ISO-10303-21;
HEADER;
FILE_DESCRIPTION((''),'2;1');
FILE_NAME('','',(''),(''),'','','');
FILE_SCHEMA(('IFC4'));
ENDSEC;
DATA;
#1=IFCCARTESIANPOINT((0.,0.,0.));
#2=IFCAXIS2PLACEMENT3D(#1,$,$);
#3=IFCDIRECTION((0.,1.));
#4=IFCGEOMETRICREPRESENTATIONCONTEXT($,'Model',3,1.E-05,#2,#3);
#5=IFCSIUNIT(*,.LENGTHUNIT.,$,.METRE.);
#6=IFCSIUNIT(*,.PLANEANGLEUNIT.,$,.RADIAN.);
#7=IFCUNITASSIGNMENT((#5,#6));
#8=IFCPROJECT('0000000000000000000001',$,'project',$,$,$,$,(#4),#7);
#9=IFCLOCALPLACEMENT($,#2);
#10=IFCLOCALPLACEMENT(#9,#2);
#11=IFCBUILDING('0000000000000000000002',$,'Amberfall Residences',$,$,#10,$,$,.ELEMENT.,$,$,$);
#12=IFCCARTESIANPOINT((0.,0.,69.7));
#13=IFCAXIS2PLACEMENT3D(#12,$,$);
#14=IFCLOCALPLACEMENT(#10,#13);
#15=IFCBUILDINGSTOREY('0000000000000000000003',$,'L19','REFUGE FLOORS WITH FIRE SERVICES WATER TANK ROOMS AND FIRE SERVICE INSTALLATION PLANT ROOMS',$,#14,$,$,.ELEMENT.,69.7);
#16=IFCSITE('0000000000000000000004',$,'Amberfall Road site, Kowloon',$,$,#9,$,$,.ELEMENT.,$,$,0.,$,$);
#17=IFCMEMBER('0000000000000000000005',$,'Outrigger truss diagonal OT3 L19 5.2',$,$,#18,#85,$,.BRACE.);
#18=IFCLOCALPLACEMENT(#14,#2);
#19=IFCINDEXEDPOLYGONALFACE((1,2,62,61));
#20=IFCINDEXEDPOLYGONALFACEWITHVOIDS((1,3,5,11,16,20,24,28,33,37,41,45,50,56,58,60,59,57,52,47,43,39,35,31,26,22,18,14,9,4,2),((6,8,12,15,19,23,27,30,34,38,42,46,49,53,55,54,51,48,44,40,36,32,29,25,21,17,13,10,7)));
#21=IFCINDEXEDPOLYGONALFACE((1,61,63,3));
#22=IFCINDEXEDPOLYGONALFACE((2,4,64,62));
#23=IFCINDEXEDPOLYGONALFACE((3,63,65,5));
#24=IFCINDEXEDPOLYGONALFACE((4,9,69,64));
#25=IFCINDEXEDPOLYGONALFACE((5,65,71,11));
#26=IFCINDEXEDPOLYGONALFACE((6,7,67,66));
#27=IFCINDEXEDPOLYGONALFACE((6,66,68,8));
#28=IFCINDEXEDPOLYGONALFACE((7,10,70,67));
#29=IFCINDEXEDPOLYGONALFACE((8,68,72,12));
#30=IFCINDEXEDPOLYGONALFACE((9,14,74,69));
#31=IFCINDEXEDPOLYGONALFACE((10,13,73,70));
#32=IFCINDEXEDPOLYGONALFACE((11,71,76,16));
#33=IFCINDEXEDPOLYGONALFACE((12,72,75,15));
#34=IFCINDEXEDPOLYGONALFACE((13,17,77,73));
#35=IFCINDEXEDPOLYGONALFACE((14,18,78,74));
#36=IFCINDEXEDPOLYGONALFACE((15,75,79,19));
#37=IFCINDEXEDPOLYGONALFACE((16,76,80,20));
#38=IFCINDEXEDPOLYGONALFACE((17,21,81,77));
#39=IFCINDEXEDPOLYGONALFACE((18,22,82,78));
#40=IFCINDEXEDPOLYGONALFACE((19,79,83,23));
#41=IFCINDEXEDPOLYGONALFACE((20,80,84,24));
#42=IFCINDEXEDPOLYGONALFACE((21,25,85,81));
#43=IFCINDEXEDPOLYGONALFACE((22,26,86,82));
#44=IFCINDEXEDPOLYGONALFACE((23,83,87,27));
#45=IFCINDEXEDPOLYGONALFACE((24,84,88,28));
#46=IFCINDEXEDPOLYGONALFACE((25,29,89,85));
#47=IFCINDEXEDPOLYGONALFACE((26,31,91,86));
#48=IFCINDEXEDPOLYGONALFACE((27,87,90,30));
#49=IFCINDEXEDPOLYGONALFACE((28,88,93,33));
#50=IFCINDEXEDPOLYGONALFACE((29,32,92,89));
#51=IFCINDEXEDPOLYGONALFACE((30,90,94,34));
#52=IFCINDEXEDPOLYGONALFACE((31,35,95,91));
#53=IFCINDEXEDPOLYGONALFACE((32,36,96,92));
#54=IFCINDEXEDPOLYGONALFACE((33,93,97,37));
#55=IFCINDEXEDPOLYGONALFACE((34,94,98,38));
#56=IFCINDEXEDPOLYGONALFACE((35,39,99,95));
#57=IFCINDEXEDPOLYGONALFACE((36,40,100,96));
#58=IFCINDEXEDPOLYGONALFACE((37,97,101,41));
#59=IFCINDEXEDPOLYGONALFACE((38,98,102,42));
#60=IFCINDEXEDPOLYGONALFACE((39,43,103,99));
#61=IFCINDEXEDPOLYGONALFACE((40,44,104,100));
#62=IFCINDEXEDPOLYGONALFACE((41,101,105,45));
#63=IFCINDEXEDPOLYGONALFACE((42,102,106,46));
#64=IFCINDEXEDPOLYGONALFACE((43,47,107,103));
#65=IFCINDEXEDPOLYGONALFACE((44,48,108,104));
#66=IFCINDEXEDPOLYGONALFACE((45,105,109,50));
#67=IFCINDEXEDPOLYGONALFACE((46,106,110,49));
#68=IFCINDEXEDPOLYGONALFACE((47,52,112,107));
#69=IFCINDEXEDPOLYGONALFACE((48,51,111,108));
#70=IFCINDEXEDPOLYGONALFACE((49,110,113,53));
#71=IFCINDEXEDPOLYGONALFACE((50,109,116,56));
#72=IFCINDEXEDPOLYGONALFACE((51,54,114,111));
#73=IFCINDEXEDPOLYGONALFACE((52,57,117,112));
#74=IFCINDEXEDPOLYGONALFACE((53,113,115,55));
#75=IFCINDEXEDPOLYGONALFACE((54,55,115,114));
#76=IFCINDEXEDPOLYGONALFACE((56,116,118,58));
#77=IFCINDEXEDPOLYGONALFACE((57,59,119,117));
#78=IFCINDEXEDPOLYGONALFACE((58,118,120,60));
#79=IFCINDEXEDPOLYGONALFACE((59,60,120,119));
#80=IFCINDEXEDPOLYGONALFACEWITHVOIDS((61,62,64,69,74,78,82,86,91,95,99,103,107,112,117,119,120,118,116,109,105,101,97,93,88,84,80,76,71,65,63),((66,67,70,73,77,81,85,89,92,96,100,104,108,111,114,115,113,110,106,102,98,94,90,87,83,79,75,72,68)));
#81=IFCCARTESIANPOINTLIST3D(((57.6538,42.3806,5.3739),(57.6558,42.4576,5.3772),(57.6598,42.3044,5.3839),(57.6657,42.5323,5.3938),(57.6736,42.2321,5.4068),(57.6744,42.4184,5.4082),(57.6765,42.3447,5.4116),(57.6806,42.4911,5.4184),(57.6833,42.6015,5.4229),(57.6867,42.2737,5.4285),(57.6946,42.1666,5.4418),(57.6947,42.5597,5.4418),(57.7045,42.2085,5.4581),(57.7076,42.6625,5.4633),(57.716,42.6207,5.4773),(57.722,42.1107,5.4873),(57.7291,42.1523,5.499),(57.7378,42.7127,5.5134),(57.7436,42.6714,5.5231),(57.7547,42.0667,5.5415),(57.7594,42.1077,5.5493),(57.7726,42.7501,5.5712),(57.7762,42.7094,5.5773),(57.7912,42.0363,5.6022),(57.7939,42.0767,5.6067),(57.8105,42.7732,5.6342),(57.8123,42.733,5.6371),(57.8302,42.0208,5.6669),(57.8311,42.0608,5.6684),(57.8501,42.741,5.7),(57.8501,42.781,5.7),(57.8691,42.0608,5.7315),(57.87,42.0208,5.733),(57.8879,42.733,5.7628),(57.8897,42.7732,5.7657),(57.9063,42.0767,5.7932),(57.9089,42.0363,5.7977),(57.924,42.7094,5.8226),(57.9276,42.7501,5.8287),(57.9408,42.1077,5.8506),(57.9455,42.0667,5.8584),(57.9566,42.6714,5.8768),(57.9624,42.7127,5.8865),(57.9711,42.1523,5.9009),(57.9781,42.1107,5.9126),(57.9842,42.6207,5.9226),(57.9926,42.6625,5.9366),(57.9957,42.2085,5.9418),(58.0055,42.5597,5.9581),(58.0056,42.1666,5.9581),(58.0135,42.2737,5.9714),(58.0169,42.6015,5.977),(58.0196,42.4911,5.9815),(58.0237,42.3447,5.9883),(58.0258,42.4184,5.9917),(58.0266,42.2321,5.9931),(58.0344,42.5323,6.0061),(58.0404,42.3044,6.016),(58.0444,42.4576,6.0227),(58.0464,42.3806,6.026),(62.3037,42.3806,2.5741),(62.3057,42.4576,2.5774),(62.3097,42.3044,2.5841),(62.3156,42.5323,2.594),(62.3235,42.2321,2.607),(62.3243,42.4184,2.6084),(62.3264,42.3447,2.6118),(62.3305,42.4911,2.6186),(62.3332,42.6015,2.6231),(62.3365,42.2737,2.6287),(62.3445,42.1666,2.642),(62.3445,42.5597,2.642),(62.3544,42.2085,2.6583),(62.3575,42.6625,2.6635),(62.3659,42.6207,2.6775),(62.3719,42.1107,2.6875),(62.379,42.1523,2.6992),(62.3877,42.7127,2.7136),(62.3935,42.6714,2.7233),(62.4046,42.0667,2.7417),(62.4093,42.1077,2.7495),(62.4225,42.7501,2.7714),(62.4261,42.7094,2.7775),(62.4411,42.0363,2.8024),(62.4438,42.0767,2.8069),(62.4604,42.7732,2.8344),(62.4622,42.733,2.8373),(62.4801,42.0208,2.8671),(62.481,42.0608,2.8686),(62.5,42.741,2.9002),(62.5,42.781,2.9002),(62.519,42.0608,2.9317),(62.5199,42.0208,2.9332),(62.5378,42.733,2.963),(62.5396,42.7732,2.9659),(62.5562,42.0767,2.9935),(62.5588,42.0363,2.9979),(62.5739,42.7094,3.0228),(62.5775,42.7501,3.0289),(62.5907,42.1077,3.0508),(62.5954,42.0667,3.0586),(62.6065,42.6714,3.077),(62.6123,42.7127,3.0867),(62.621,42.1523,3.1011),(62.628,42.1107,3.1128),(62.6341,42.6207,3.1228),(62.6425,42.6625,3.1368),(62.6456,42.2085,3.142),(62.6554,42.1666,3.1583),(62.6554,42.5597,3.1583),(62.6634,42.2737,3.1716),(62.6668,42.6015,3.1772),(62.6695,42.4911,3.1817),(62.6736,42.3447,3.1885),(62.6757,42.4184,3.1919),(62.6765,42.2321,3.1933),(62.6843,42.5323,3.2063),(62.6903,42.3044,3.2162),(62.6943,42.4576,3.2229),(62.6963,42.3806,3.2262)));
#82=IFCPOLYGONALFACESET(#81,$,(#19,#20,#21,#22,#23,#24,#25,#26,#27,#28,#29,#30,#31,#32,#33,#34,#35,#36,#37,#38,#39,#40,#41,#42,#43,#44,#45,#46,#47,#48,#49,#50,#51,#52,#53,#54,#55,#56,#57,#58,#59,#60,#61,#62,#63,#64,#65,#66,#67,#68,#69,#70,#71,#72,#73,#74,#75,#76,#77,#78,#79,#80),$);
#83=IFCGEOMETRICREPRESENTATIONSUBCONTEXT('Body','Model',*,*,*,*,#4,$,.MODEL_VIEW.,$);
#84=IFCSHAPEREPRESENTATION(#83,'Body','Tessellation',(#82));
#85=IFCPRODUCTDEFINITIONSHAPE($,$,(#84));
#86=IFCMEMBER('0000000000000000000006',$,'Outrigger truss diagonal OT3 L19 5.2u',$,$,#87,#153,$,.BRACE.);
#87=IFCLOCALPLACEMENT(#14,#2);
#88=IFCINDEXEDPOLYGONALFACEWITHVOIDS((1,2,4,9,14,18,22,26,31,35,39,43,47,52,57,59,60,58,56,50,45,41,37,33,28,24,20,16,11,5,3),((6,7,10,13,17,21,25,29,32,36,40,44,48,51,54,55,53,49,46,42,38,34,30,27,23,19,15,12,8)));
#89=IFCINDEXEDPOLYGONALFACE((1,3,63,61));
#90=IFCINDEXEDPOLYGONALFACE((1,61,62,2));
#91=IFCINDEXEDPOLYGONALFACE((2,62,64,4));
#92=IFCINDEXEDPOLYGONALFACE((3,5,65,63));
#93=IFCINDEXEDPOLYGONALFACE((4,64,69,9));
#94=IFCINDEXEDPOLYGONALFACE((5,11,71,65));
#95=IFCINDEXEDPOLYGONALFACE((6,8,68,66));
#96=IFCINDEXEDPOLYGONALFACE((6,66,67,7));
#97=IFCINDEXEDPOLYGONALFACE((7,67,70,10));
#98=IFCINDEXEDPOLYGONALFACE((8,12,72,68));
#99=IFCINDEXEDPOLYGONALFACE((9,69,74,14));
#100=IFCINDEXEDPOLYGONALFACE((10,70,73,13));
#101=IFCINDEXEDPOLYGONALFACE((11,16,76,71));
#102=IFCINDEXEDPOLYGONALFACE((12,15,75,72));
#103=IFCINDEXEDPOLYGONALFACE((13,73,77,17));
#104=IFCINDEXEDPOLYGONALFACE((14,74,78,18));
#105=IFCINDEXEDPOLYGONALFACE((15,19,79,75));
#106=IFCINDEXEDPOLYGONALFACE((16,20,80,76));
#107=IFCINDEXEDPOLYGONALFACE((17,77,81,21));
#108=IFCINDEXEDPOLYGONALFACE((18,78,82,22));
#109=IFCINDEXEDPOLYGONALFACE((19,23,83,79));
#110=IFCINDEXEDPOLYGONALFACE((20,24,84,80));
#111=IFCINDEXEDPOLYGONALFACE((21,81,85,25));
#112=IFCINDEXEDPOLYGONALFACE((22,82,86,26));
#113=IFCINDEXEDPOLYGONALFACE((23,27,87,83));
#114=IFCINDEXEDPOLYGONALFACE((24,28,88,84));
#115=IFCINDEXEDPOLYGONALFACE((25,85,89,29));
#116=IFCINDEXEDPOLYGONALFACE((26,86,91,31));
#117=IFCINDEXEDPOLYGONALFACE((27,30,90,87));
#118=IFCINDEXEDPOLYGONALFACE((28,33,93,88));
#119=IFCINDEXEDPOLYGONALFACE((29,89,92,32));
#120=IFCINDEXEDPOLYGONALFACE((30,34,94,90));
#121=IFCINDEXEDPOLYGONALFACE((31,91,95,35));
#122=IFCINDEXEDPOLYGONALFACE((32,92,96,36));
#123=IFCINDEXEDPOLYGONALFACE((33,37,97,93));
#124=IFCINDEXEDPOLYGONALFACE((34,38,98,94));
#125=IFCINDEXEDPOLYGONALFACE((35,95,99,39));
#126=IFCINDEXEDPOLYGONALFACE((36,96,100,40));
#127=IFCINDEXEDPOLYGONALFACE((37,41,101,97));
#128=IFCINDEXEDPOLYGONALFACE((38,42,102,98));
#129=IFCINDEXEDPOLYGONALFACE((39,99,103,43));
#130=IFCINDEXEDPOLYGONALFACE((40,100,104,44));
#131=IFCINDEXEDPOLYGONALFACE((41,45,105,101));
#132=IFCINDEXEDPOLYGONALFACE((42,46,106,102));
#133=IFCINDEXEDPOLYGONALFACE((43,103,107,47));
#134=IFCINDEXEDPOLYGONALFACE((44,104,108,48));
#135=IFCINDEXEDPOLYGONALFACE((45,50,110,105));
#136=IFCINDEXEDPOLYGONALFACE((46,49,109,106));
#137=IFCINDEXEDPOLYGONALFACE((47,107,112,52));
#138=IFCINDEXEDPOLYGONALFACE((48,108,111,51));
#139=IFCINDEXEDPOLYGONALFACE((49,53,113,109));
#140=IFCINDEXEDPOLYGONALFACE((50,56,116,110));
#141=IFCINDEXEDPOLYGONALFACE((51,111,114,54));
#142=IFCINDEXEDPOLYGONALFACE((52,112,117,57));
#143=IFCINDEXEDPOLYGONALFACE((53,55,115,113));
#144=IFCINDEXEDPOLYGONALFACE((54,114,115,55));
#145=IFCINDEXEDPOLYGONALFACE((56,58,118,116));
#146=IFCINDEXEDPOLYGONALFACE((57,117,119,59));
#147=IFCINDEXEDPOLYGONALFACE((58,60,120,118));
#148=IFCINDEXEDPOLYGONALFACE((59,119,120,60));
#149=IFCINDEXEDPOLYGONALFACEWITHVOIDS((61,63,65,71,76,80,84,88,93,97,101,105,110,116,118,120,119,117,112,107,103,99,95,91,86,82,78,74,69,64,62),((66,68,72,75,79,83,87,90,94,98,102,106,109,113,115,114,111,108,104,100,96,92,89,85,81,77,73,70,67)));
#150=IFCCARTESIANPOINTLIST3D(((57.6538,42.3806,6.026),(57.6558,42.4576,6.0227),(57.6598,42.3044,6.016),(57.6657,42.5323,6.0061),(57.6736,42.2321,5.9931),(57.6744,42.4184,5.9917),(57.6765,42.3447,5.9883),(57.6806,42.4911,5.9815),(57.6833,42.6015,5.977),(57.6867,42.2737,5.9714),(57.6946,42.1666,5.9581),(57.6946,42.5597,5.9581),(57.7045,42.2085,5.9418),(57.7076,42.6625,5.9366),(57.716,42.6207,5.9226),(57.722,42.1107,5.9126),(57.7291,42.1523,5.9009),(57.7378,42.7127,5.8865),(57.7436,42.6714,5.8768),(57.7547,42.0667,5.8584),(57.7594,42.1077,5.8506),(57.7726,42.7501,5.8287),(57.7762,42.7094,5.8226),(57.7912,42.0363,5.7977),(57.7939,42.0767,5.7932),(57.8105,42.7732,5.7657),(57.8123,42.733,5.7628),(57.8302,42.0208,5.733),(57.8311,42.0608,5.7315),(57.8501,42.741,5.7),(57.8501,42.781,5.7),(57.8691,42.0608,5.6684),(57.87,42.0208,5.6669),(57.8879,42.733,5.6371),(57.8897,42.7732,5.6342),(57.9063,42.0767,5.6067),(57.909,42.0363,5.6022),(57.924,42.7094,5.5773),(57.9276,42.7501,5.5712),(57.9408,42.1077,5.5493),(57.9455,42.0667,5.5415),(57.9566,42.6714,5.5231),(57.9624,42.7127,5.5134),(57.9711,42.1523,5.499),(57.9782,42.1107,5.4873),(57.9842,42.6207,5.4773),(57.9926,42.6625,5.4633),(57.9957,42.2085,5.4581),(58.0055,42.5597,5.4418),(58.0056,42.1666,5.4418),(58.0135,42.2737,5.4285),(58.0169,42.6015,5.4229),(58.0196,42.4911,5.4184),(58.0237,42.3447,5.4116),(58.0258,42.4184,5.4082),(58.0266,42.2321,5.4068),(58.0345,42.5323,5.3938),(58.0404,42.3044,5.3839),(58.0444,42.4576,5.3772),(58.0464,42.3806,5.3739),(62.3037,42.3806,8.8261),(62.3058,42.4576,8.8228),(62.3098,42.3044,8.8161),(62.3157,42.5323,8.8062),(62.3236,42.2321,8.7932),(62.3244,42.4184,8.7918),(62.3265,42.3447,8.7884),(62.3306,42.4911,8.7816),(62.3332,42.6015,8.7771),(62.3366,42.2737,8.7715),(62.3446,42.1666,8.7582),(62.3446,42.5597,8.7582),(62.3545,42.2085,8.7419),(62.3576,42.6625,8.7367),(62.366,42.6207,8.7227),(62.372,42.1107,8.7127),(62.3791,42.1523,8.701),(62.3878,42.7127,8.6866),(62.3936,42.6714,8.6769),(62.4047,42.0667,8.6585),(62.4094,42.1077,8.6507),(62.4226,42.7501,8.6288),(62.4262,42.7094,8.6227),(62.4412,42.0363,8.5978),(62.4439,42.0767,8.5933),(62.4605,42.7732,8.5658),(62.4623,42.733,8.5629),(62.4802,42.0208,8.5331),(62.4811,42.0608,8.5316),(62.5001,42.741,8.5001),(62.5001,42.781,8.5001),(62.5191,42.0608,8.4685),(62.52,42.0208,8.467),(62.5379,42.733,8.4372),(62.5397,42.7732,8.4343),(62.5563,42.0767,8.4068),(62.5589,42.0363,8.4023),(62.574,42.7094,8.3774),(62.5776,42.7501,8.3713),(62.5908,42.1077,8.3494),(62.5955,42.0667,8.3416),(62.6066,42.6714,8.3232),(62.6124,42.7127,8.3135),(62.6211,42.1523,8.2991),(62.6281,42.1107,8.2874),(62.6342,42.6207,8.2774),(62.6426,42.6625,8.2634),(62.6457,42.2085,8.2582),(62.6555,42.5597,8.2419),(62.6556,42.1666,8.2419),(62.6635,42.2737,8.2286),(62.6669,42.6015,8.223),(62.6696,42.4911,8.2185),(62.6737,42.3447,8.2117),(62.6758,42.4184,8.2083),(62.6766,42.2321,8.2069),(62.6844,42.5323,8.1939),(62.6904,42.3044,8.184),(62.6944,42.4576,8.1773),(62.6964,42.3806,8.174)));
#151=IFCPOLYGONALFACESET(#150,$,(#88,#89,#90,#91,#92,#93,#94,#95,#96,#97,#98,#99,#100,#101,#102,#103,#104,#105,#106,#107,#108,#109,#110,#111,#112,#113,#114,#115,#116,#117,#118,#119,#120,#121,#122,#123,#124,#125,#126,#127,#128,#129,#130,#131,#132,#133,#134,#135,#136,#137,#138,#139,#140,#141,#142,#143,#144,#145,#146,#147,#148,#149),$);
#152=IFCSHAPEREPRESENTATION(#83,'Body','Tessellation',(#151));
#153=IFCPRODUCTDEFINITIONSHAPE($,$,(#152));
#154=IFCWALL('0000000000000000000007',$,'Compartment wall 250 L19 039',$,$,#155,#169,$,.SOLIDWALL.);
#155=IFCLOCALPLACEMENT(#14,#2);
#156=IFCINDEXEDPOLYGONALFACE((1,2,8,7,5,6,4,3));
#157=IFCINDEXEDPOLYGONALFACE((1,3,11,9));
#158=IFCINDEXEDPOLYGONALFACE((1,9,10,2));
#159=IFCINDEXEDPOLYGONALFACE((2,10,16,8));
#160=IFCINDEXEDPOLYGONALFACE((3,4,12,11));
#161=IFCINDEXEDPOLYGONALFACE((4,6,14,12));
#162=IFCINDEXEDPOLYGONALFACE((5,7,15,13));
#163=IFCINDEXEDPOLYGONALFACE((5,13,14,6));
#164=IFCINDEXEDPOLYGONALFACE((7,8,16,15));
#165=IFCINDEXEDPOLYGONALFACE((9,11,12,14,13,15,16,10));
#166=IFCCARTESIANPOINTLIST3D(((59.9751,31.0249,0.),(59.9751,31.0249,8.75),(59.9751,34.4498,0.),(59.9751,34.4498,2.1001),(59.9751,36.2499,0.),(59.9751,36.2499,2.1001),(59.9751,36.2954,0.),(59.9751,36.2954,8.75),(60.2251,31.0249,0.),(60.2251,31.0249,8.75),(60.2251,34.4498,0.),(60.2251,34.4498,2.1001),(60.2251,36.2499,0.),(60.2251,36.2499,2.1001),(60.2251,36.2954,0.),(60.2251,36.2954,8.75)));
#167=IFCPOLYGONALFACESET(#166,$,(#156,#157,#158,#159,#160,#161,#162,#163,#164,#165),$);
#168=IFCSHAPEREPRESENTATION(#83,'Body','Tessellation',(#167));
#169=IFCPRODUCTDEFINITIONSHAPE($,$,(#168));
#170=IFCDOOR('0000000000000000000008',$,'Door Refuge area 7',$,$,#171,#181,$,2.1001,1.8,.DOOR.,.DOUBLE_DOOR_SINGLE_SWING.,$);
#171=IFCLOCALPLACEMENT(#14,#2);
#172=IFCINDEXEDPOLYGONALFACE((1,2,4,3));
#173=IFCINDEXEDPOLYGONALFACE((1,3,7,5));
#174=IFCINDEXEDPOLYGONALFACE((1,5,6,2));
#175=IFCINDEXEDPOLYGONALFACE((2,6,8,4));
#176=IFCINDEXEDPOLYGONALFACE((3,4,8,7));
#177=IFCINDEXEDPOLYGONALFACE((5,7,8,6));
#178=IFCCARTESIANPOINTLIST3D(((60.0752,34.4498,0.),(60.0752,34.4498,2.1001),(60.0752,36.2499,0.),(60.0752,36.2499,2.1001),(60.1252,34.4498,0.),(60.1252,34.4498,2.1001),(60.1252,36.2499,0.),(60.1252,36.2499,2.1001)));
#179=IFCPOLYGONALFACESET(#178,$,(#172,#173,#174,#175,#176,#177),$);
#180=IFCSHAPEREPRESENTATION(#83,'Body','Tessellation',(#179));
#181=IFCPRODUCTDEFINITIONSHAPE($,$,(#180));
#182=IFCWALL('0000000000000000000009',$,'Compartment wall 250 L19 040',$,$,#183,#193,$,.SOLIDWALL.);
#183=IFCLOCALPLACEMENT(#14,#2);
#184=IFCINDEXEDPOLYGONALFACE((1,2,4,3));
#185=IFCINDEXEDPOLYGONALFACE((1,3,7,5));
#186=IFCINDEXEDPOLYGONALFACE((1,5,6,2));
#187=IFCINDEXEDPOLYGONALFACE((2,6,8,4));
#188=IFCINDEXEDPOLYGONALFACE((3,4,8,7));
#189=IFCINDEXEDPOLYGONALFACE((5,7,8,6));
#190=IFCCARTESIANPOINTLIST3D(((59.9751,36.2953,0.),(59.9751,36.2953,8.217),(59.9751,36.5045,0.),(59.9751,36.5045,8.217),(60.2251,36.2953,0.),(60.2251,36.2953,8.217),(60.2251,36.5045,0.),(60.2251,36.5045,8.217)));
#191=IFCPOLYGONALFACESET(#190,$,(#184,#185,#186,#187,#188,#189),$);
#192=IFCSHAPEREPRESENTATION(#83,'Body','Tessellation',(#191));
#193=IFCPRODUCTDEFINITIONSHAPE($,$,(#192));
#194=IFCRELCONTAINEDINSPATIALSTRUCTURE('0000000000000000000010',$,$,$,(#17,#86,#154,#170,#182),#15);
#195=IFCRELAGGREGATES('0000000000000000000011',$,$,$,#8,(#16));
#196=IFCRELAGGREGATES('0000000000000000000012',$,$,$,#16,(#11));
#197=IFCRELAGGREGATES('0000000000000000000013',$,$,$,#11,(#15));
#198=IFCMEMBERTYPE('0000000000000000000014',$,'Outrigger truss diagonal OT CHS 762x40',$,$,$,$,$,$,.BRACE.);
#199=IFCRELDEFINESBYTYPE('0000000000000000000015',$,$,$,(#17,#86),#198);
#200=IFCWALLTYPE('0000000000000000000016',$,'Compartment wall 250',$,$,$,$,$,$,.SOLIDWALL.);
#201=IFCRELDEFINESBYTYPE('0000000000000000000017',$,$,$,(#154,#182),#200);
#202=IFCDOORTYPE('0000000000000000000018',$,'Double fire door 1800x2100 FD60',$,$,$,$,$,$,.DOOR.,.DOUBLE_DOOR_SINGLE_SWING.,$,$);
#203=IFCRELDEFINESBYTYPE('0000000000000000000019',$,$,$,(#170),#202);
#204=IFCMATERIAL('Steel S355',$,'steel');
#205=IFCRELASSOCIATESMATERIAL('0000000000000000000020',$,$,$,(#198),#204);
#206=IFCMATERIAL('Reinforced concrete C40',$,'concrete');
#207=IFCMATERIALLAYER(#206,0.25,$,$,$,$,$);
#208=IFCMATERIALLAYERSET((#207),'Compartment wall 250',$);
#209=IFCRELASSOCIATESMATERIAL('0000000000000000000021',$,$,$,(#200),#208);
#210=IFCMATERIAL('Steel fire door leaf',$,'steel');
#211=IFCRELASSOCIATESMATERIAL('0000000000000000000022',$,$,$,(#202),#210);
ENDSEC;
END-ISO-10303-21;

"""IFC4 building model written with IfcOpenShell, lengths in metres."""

from ifc_helpers import new_model, si_unit, direction, frame, frame_2d, origin, origin_2d, place, context, subcontext, project, spatial, rectangle, hollow_circle, extrude, material, layer, layer_set, material_profile, profile_set, type_object, element, fill, save


model = new_model("IFC4")

# Units and contexts
model_context = context("Model", 3, precision=1e-05, world=origin(), true_north=direction((0.0, 1.0)))
body_context = subcontext(model_context, "Body", "Model", "MODEL_VIEW")
ifc_project = project(units=[si_unit("LENGTHUNIT", "METRE"), si_unit("PLANEANGLEUNIT", "RADIAN")], contexts=[model_context])

# Site, building, storey
site_placement = place(None, origin())
site = spatial("IfcSite", under=ifc_project, at=site_placement, Name="Amberfall Road site, Kowloon", CompositionType="ELEMENT", RefElevation=0.0)
building_placement = place(site_placement, origin())
building = spatial("IfcBuilding", under=site, at=building_placement, Name="Amberfall Residences", CompositionType="ELEMENT")
storey_placement = place(building_placement, frame((0.0, 0.0, 69.7)))
storey = spatial("IfcBuildingStorey", under=building, at=storey_placement, Name="L19", Description="REFUGE FLOORS WITH FIRE SERVICES WATER TANK ROOMS AND FIRE SERVICE INSTALLATION PLANT ROOMS", CompositionType="ELEMENT", Elevation=69.7)

# Members
ifc_material_1 = material(Name="Steel S355", Category="steel")
ifc_material_profile = material_profile(ifc_material_1, hollow_circle(Radius=0.3811, WallThickness=0.04, at=origin_2d()), Name="CHS 762x40")
ifc_profile_set = profile_set([ifc_material_profile], Name="Steel S355")
member_type = type_object("IfcMemberType", Name="Outrigger truss diagonal OT CHS 762x40", PredefinedType="BRACE", material=ifc_profile_set)
member_1_placement = place(storey_placement, frame((57.8501, 42.3999, 5.7), z_axis=(0.85669, 0.0, -0.515831), x_axis=(0.0, 1.0, 0.0)))
element("IfcMember", 1, at=member_1_placement, inside=storey, type_object=member_type, Name="Outrigger truss diagonal OT3 L19 5.2", PredefinedType="BRACE", context=body_context, shape_type="SweptSolid", body=[
    extrude(hollow_circle(Radius=0.3811, WallThickness=0.04, at=origin_2d()), origin(), (0.0, 0.0, 1.0), 5.4277),
])
member_2_placement = place(storey_placement, frame((57.8501, 42.3999, 5.7), z_axis=(0.85667, 0.0, 0.515864), x_axis=(0.0, 1.0, 0.0)))
element("IfcMember", 2, at=member_2_placement, inside=storey, type_object=member_type, Name="Outrigger truss diagonal OT3 L19 5.2u", PredefinedType="BRACE", context=body_context, shape_type="SweptSolid", body=[
    extrude(hollow_circle(Radius=0.3811, WallThickness=0.04, at=origin_2d()), origin(), (0.0, 0.0, 1.0), 5.428),
])

# Wall, opening, door
ifc_material_2 = material(Name="Reinforced concrete C40", Category="concrete")
ifc_layer_1 = layer(ifc_material_2, 0.25)
ifc_layer_set_1 = layer_set([ifc_layer_1], Name="Compartment wall 250")
wall_type_1 = type_object("IfcWallType", Name="Compartment wall 250", PredefinedType="SOLIDWALL", material=ifc_layer_set_1)
wall_1_placement = place(storey_placement, frame((60.1001, 31.0249, 0.0), z_axis=(0.0, 0.0, 1.0), x_axis=(0.0, 1.0, 0.0)))
wall_1 = element("IfcWall", 3, at=wall_1_placement, inside=storey, type_object=wall_type_1, Name="Compartment wall 250 L19 039", PredefinedType="SOLIDWALL", context=body_context, shape_type="SweptSolid", body=[
    extrude(rectangle(XDim=5.2705, YDim=0.25, at=frame_2d((2.6353, 0.0))), origin(), (0.0, 0.0, 1.0), 8.75),
])
opening_1_placement = place(wall_1_placement, frame((3.425, 0.0, 0.0)))
opening_1 = element("IfcOpeningElement", 4, at=opening_1_placement, cuts=wall_1, PredefinedType="OPENING", context=body_context, shape_type="SweptSolid", body=[
    extrude(rectangle(XDim=1.8, YDim=2.1001, at=frame_2d((0.8999, 1.05))), frame((0.0, 0.135, 0.0), z_axis=(0.0, -1.0, 0.0), x_axis=(1.0, 0.0, 0.0)), (0.0, 0.0, 1.0), 0.27),
])
ifc_material_3 = material(Name="Steel fire door leaf", Category="steel")
door_type_1 = type_object("IfcDoorType", Name="Double fire door 1800x2100 FD60", OperationType="DOUBLE_DOOR_SINGLE_SWING", PredefinedType="DOOR", material=ifc_material_3)
door_1_placement = place(opening_1_placement, origin())
door_1 = element("IfcDoor", 5, at=door_1_placement, inside=storey, type_object=door_type_1, Name="Door Refuge area 7", OperationType="DOUBLE_DOOR_SINGLE_SWING", OverallHeight=2.1001, OverallWidth=1.8, PredefinedType="DOOR", context=body_context, shape_type="SweptSolid", body=[
    extrude(rectangle(XDim=1.8, YDim=2.1001, at=frame_2d((0.8999, 1.05))), frame((0.0, 0.0249, 0.0), z_axis=(0.0, -1.0, 0.0), x_axis=(1.0, 0.0, 0.0)), (0.0, 0.0, 1.0), 0.05),
])
fill(opening_1, door_1)

# Wall
wall_2_placement = place(storey_placement, frame((60.1001, 36.2954, 0.0), z_axis=(0.0, 0.0, 1.0), x_axis=(0.0, 1.0, 0.0)))
element("IfcWall", 6, at=wall_2_placement, inside=storey, type_object=wall_type_1, Name="Compartment wall 250 L19 040", PredefinedType="SOLIDWALL", context=body_context, shape_type="SweptSolid", body=[
    extrude(rectangle(XDim=0.2092, YDim=0.25, at=frame_2d((0.1045, 0.0))), origin(), (0.0, 0.0, 1.0), 8.217),
])

save(model, "model.ifc")
